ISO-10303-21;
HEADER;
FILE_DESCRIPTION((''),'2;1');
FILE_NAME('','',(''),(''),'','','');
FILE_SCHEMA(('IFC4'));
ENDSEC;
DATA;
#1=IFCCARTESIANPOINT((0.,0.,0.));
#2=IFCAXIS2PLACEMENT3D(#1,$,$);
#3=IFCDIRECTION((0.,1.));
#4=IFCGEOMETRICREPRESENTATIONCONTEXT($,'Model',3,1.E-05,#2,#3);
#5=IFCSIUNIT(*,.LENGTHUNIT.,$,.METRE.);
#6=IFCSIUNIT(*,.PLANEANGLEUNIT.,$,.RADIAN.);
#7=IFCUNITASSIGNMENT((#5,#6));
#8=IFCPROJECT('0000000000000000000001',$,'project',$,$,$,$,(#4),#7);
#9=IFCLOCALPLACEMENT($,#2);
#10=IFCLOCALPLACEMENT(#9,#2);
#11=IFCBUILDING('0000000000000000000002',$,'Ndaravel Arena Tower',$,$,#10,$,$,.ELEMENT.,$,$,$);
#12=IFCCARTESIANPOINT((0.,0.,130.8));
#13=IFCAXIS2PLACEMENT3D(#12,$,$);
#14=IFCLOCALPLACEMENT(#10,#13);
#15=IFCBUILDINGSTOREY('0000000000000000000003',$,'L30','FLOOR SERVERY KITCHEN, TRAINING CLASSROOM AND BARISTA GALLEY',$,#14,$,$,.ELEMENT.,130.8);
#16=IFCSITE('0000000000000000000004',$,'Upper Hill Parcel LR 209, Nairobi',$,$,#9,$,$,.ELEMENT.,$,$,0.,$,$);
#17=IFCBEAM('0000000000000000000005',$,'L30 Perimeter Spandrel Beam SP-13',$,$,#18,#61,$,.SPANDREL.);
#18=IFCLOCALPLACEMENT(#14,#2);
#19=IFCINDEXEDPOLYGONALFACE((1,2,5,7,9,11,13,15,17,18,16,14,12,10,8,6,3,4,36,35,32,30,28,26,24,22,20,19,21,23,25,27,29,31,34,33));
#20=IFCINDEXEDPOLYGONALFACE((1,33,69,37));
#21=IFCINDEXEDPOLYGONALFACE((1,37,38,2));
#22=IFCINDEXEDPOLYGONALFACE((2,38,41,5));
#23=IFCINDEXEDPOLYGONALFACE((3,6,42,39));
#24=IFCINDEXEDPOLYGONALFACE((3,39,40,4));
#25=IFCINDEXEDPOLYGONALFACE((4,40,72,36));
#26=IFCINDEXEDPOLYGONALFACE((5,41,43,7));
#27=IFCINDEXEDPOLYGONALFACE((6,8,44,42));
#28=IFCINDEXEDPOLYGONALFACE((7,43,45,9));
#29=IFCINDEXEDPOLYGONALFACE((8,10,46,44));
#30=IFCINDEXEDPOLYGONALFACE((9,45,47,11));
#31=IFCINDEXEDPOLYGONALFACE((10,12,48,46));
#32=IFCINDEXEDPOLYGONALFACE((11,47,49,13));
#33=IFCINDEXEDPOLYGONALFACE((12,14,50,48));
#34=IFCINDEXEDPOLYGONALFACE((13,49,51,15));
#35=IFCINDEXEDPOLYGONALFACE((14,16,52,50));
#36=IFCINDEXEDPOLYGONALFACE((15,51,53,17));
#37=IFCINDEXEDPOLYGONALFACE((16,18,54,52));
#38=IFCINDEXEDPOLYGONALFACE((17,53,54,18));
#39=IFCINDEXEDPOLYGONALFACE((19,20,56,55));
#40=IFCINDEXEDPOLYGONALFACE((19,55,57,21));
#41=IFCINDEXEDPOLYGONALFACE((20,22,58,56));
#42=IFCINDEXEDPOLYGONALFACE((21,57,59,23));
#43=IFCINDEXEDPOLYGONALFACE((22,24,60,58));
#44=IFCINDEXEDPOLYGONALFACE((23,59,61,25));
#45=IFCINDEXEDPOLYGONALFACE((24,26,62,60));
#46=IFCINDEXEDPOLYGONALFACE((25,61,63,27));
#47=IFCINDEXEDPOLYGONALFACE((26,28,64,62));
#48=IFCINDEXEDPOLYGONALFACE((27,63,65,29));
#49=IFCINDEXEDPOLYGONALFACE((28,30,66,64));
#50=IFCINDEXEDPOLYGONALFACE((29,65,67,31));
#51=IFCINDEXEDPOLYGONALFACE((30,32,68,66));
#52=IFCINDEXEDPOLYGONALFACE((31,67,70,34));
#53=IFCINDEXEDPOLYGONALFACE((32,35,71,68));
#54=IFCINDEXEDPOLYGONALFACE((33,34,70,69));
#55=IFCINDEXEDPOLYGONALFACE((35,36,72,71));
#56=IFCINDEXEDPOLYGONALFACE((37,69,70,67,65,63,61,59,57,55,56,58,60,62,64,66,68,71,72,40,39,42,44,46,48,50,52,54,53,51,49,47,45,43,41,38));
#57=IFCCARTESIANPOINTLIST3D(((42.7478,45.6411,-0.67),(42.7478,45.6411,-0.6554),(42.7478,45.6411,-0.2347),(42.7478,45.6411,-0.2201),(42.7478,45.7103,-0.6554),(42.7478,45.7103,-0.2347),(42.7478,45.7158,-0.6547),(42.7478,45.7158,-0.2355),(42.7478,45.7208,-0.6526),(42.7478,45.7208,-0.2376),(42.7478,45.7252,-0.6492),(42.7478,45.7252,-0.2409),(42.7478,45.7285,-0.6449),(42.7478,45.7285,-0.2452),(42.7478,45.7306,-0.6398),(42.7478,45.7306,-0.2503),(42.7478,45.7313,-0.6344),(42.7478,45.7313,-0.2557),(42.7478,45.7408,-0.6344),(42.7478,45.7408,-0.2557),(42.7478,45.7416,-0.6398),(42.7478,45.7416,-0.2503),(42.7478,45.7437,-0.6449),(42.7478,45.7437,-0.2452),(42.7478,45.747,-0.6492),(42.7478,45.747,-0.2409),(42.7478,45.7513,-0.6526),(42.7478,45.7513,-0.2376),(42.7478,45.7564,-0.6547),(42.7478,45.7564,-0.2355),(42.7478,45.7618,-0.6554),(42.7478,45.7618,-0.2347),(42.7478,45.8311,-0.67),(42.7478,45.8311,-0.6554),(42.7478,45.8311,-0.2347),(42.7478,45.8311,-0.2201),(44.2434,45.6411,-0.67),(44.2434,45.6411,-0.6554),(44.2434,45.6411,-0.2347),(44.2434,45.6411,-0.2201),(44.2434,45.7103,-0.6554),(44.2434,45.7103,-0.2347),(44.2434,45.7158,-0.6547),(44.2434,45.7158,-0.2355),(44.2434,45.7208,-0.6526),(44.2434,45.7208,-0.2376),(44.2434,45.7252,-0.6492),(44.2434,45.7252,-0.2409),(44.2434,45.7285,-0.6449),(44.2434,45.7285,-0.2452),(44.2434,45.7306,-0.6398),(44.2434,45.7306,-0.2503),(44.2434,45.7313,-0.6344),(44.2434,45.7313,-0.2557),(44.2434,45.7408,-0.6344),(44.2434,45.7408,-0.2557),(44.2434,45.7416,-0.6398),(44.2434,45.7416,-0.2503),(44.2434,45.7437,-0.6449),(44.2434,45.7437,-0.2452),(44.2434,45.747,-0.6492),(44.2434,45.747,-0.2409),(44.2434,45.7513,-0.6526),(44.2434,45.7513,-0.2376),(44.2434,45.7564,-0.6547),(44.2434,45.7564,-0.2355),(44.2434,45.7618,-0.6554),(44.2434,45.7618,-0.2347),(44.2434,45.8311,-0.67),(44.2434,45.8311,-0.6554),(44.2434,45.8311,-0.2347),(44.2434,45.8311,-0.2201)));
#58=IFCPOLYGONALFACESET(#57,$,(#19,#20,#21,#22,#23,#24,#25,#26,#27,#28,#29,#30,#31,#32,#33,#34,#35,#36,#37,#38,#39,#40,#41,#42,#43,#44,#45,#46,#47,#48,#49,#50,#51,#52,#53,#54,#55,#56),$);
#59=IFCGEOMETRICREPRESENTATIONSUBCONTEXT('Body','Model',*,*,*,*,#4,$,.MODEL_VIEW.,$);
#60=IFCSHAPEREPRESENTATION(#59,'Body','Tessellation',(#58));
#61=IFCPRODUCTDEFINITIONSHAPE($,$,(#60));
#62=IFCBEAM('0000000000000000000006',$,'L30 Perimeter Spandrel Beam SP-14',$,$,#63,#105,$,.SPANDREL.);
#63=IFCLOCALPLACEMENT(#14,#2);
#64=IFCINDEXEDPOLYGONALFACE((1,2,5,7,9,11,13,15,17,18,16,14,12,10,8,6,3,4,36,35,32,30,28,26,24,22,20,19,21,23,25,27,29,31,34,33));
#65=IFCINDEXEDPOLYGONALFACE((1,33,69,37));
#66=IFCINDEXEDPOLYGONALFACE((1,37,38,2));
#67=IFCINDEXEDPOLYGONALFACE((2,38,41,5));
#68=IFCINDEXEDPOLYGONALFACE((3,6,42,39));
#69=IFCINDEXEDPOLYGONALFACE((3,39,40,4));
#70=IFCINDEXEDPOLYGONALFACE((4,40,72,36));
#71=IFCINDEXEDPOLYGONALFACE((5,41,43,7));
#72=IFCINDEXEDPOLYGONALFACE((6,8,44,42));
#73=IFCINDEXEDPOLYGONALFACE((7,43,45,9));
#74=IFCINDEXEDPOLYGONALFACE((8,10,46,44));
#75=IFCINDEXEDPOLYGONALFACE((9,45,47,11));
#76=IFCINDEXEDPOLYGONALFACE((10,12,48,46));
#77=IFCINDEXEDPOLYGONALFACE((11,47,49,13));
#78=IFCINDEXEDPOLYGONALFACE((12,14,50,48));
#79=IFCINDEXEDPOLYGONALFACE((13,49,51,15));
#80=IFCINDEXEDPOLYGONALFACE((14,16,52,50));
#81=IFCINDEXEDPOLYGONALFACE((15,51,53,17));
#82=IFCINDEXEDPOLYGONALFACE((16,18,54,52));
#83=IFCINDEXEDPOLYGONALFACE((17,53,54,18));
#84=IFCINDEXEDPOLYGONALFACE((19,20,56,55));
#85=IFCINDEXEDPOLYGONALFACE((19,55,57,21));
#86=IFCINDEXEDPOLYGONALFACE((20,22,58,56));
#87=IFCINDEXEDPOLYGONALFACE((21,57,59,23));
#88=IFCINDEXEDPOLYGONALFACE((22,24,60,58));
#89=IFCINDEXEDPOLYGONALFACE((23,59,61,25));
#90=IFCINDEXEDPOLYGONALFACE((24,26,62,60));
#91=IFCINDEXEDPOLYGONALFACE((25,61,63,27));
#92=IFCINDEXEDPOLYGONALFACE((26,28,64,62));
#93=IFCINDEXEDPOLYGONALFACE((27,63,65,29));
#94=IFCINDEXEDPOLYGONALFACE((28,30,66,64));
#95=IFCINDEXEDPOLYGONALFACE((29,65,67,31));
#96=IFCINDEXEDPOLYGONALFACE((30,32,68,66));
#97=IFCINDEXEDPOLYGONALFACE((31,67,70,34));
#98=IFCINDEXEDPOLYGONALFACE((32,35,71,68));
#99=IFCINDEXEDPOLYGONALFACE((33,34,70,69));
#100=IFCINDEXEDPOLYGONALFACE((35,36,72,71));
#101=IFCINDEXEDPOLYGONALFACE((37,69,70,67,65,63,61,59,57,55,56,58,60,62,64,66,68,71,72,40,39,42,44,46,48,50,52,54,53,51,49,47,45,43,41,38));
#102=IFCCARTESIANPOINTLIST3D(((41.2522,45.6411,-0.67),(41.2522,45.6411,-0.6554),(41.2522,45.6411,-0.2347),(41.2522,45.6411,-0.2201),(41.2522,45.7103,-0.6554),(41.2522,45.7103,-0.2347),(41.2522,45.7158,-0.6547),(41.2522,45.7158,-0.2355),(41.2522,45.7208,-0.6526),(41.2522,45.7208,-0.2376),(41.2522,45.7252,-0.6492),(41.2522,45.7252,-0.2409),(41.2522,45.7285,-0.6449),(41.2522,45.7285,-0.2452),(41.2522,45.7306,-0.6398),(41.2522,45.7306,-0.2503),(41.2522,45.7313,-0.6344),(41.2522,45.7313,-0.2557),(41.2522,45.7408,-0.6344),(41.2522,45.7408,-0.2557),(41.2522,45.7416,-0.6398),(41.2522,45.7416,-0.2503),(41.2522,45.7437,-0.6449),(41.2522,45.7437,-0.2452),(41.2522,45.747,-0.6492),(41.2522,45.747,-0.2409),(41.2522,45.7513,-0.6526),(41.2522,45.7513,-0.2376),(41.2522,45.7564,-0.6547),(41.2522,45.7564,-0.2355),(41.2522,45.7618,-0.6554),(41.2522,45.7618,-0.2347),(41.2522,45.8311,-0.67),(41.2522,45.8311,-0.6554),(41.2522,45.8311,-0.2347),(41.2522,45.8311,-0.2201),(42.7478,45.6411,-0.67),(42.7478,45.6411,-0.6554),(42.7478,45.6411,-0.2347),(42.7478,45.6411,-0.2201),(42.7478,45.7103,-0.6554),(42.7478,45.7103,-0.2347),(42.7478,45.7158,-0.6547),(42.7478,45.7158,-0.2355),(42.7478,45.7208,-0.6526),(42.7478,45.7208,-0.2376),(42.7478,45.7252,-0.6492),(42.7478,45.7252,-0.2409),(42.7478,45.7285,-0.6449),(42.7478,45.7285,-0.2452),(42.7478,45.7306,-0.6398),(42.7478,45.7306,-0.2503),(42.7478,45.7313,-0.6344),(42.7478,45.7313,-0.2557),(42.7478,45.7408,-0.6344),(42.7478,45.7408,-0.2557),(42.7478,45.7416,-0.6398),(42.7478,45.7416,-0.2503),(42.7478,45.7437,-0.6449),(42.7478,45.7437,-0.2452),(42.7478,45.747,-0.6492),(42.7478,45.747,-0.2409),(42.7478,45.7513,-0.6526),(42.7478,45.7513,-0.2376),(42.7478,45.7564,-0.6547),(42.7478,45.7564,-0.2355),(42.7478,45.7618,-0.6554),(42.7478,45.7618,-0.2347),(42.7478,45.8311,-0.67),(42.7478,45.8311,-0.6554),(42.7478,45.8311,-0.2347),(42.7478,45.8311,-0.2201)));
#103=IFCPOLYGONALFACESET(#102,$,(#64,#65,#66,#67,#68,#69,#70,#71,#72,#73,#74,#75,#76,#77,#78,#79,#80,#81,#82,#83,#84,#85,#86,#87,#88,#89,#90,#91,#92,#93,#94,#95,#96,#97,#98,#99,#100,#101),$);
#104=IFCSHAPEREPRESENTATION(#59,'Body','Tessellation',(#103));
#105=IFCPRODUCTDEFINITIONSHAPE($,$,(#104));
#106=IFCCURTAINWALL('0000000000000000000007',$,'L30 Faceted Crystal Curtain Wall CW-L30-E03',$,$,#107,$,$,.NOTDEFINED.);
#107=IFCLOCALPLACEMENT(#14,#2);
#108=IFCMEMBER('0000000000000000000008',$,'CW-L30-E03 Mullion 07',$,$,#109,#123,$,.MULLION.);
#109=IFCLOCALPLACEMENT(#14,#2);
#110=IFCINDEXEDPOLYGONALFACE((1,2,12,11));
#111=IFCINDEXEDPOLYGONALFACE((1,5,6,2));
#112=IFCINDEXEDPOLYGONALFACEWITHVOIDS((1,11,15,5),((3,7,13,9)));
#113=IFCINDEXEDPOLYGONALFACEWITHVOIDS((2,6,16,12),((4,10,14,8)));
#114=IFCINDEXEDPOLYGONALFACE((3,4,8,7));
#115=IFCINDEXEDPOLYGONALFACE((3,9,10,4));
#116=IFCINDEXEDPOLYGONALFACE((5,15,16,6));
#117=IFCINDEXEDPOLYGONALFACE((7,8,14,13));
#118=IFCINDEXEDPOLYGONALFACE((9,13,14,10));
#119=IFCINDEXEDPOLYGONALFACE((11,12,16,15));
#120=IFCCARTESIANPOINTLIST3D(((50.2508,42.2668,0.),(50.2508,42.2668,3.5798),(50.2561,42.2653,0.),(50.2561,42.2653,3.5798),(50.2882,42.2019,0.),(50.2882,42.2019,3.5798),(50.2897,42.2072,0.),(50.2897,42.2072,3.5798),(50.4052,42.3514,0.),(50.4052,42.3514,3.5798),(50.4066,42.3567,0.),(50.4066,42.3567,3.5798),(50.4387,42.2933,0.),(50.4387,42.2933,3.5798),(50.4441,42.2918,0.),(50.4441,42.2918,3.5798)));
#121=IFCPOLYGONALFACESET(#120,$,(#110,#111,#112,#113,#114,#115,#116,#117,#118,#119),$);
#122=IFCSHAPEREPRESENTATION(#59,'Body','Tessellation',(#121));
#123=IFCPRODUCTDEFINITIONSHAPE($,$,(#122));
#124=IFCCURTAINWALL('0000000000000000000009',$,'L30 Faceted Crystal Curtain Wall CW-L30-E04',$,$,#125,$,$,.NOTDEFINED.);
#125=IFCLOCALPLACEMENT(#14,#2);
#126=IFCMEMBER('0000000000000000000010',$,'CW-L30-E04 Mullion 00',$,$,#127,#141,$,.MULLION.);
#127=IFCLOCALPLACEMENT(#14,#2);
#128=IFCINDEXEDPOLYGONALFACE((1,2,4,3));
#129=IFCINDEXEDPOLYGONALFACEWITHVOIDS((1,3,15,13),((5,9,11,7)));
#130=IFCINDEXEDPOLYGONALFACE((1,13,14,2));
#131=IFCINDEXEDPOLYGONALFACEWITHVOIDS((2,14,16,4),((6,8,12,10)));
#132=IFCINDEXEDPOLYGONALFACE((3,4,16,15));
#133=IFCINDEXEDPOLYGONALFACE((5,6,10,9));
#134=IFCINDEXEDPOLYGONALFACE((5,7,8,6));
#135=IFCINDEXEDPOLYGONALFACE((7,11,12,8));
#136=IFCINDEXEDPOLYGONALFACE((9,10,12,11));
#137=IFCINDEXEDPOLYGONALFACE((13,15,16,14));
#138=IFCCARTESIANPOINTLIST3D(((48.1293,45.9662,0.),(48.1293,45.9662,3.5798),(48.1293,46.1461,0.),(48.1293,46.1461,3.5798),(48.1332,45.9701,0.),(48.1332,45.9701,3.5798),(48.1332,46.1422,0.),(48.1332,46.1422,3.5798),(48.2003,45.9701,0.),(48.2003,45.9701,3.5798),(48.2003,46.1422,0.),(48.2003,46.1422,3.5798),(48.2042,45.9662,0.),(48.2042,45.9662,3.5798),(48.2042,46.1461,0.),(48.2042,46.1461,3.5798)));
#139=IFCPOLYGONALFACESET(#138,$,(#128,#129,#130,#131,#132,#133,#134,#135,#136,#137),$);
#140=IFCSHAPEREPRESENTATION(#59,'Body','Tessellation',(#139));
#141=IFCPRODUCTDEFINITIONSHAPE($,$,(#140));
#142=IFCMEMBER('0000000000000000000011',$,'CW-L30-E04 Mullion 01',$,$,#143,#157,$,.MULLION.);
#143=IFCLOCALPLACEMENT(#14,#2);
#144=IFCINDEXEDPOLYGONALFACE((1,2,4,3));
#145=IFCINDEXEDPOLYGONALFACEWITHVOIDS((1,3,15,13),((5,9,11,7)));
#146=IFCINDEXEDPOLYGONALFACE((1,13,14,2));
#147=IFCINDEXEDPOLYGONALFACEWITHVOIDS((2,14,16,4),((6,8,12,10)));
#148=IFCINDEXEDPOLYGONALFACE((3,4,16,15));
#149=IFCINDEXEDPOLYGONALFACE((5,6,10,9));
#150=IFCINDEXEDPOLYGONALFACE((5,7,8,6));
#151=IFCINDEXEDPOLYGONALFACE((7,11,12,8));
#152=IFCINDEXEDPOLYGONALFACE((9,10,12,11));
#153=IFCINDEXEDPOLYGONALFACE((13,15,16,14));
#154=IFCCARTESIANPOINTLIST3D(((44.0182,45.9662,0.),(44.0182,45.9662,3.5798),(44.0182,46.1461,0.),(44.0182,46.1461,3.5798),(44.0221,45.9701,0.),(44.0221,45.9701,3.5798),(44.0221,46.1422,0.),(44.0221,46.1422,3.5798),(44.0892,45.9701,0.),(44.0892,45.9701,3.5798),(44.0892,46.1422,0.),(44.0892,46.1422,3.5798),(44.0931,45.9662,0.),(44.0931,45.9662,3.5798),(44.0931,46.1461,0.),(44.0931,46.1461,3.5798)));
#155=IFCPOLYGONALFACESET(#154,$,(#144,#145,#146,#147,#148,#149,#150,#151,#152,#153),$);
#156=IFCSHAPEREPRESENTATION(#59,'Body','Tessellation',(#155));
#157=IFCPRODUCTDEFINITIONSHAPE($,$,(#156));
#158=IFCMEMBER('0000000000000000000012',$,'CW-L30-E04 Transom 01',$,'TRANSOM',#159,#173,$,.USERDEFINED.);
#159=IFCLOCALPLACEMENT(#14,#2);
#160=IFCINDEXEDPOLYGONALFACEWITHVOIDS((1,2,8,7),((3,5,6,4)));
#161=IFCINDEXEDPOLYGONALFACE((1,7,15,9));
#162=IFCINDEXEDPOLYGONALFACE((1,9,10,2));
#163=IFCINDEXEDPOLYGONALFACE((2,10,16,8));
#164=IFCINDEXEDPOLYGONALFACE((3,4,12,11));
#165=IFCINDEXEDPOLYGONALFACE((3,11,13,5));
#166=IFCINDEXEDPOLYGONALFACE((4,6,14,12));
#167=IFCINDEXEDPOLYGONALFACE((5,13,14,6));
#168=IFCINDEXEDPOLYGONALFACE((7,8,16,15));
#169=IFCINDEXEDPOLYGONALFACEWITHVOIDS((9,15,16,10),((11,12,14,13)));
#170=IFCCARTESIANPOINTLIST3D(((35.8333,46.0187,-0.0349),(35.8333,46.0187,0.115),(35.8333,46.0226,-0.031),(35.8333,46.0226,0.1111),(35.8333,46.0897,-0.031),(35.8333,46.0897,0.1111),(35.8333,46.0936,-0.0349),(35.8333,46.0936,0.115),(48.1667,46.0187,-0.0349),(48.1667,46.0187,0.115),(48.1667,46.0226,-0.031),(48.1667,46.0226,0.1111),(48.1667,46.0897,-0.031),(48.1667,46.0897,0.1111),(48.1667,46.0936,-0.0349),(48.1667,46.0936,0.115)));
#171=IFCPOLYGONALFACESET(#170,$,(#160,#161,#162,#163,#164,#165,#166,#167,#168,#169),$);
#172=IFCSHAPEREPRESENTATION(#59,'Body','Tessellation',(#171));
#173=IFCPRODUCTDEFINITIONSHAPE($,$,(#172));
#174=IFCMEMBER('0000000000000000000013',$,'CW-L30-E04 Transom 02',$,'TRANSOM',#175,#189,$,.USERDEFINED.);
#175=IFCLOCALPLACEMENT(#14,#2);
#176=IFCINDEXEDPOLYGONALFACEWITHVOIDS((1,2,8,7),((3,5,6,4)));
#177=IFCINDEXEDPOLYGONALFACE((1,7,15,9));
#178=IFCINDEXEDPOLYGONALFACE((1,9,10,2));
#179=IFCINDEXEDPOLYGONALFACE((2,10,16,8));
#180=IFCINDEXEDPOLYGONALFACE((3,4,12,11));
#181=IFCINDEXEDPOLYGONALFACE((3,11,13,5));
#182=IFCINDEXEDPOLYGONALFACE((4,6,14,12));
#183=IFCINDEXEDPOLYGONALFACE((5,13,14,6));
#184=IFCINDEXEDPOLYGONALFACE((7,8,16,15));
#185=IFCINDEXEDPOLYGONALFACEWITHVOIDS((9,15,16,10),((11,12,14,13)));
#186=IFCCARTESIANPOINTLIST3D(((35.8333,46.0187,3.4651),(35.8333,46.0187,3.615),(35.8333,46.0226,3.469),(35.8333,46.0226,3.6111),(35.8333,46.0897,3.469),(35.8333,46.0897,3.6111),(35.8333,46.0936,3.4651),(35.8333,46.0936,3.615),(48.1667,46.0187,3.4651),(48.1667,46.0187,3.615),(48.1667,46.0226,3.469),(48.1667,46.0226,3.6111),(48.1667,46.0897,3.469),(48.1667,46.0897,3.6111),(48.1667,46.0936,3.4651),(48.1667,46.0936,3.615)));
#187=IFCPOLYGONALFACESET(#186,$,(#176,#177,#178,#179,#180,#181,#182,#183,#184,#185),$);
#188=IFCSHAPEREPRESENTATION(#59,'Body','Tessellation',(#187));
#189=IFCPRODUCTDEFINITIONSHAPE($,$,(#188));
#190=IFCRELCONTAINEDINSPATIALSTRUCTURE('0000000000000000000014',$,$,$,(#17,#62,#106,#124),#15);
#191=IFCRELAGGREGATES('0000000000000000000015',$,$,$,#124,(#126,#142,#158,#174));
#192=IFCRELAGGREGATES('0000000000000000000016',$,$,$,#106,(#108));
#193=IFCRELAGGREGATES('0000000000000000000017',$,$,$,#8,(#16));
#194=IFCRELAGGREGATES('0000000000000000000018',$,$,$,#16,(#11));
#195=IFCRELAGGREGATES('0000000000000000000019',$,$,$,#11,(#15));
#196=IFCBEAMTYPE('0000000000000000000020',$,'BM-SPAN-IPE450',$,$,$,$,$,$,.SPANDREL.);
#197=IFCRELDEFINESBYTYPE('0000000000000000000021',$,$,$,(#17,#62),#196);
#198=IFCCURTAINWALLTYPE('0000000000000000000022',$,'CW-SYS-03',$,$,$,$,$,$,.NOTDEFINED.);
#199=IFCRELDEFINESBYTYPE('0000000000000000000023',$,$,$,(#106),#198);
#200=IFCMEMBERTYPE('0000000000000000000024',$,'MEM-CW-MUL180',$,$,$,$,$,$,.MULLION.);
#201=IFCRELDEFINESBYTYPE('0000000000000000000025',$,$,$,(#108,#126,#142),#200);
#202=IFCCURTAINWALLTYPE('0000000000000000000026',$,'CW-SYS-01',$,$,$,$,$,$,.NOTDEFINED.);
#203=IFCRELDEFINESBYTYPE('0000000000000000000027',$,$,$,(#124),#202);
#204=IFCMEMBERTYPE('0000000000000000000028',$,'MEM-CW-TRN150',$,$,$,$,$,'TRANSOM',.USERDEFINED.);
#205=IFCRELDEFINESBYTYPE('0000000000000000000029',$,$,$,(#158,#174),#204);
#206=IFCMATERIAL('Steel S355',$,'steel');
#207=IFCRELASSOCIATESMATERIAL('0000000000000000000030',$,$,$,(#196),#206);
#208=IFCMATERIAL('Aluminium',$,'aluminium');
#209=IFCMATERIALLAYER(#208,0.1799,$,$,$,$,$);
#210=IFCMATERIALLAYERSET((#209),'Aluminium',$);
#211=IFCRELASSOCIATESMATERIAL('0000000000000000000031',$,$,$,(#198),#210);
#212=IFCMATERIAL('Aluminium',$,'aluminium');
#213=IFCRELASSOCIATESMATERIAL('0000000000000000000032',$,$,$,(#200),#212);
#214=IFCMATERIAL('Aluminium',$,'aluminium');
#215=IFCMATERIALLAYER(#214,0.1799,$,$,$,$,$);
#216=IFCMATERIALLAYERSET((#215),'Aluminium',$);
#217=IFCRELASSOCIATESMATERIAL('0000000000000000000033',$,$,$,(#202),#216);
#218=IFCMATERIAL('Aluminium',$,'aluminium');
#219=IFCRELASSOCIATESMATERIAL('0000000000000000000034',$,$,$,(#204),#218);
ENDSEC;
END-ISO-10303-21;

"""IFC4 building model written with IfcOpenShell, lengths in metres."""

from ifc_helpers import new_model, si_unit, direction, frame, origin, origin_2d, place, context, subcontext, project, spatial, hollow_rectangle, i_section, extrude, material, layer, layer_set, material_profile, profile_set, type_object, element, aggregate, save


model = new_model("IFC4")

# Units and contexts
model_context = context("Model", 3, precision=1e-05, world=origin(), true_north=direction((0.0, 1.0)))
body_context = subcontext(model_context, "Body", "Model", "MODEL_VIEW")
ifc_project = project(units=[si_unit("LENGTHUNIT", "METRE"), si_unit("PLANEANGLEUNIT", "RADIAN")], contexts=[model_context])

# Site, building, storey
site_placement = place(None, origin())
site = spatial("IfcSite", under=ifc_project, at=site_placement, Name="Upper Hill Parcel LR 209, Nairobi", CompositionType="ELEMENT", RefElevation=0.0)
building_placement = place(site_placement, origin())
building = spatial("IfcBuilding", under=site, at=building_placement, Name="Ndaravel Arena Tower", CompositionType="ELEMENT")
storey_placement = place(building_placement, frame((0.0, 0.0, 130.8)))
storey = spatial("IfcBuildingStorey", under=building, at=storey_placement, Name="L30", Description="FLOOR SERVERY KITCHEN, TRAINING CLASSROOM AND BARISTA GALLEY", CompositionType="ELEMENT", Elevation=130.8)

# Beams
ifc_material_1 = material(Name="Steel S355", Category="steel")
ifc_material_profile_1 = material_profile(ifc_material_1, i_section(OverallWidth=0.1899, OverallDepth=0.45, WebThickness=0.0095, FlangeThickness=0.0146, FilletRadius=0.021, at=origin_2d()), Name="IPE 450")
ifc_profile_set_1 = profile_set([ifc_material_profile_1], Name="Steel S355")
beam_type_1 = type_object("IfcBeamType", Name="BM-SPAN-IPE450", PredefinedType="SPANDREL", material=ifc_profile_set_1)
for number, where, z_axis, x_axis, name in (
    (1, (44.2434, 45.7361, -0.4451), (-1.0, 0.0, 0.0), (0.0, -1.0, 0.0), "L30 Perimeter Spandrel Beam SP-13"),
    (2, (42.7478, 45.7361, -0.4451), (-1.0, 0.0, 0.0), (0.0, -1.0, 0.0), "L30 Perimeter Spandrel Beam SP-14"),
):
    element("IfcBeam", number, at=place(storey_placement, frame(where, z_axis=z_axis, x_axis=x_axis)), inside=storey, type_object=beam_type_1, Name=name, PredefinedType="SPANDREL", context=body_context, shape_type="SweptSolid", body=[
        extrude(i_section(OverallWidth=0.1899, OverallDepth=0.45, WebThickness=0.0095, FlangeThickness=0.0146, FilletRadius=0.021, at=origin_2d()), origin(), (0.0, 0.0, 1.0), 1.4956),
    ])

# Curtain wall, member
ifc_material_2 = material(Name="Aluminium", Category="aluminium")
ifc_layer_1 = layer(ifc_material_2, 0.1799)
ifc_layer_set_1 = layer_set([ifc_layer_1], Name="Aluminium")
curtain_wall_type_1 = type_object("IfcCurtainWallType", Name="CW-SYS-03", PredefinedType="NOTDEFINED", material=ifc_layer_set_1)
curtain_wall_1_placement = place(storey_placement, origin())
curtain_wall_1 = element("IfcCurtainWall", 3, at=curtain_wall_1_placement, inside=storey, type_object=curtain_wall_type_1, Name="L30 Faceted Crystal Curtain Wall CW-L30-E03", PredefinedType="NOTDEFINED")
ifc_material_3 = material(Name="Aluminium", Category="aluminium")
ifc_material_profile_2 = material_profile(ifc_material_3, hollow_rectangle(XDim=0.075, YDim=0.1799, WallThickness=0.0039, at=origin_2d()), Name="CW MULLION 75x180x4")
ifc_profile_set_2 = profile_set([ifc_material_profile_2], Name="Aluminium")
member_type_1 = type_object("IfcMemberType", Name="MEM-CW-MUL180", PredefinedType="MULLION", material=ifc_profile_set_2)
member_1_placement = place(storey_placement, frame((50.3474, 42.2793, 0.0), z_axis=(0.0, 0.0, 1.0), x_axis=(-0.5, 0.866025, 0.0)))
member_1 = element("IfcMember", 4, at=member_1_placement, type_object=member_type_1, Name="CW-L30-E03 Mullion 07", PredefinedType="MULLION", context=body_context, shape_type="SweptSolid", body=[
    extrude(hollow_rectangle(XDim=0.075, YDim=0.1799, WallThickness=0.0039, at=origin_2d()), origin(), (0.0, 0.0, 1.0), 3.5798),
])

# Curtain wall, members
ifc_material_4 = material(Name="Aluminium", Category="aluminium")
ifc_layer_2 = layer(ifc_material_4, 0.1799)
ifc_layer_set_2 = layer_set([ifc_layer_2], Name="Aluminium")
curtain_wall_type_2 = type_object("IfcCurtainWallType", Name="CW-SYS-01", PredefinedType="NOTDEFINED", material=ifc_layer_set_2)
curtain_wall_2_placement = place(storey_placement, origin())
curtain_wall_2 = element("IfcCurtainWall", 5, at=curtain_wall_2_placement, inside=storey, type_object=curtain_wall_type_2, Name="L30 Faceted Crystal Curtain Wall CW-L30-E04", PredefinedType="NOTDEFINED")
member_2_placement = place(storey_placement, frame((48.1667, 46.0562, 0.0), z_axis=(0.0, 0.0, 1.0), x_axis=(-1.0, 0.0, 0.0)))
member_2 = element("IfcMember", 6, at=member_2_placement, type_object=member_type_1, Name="CW-L30-E04 Mullion 00", PredefinedType="MULLION", context=body_context, shape_type="SweptSolid", body=[
    extrude(hollow_rectangle(XDim=0.075, YDim=0.1799, WallThickness=0.0039, at=origin_2d()), origin(), (0.0, 0.0, 1.0), 3.5798),
])
member_3_placement = place(storey_placement, frame((44.0557, 46.0562, 0.0), z_axis=(0.0, 0.0, 1.0), x_axis=(-1.0, 0.0, 0.0)))
member_3 = element("IfcMember", 7, at=member_3_placement, type_object=member_type_1, Name="CW-L30-E04 Mullion 01", PredefinedType="MULLION", context=body_context, shape_type="SweptSolid", body=[
    extrude(hollow_rectangle(XDim=0.075, YDim=0.1799, WallThickness=0.0039, at=origin_2d()), origin(), (0.0, 0.0, 1.0), 3.5798),
])
ifc_material_5 = material(Name="Aluminium", Category="aluminium")
ifc_material_profile_3 = material_profile(ifc_material_5, hollow_rectangle(XDim=0.075, YDim=0.1499, WallThickness=0.0039, at=origin_2d()), Name="CW TRANSOM 75x150x4")
ifc_profile_set_3 = profile_set([ifc_material_profile_3], Name="Aluminium")
member_type_2 = type_object("IfcMemberType", Name="MEM-CW-TRN150", ElementType="TRANSOM", PredefinedType="USERDEFINED", material=ifc_profile_set_3)
member_4_placement = place(storey_placement, frame((48.1667, 46.0562, 0.04), z_axis=(-1.0, 0.0, 0.0), x_axis=(0.0, -1.0, 0.0)))
member_4 = element("IfcMember", 8, at=member_4_placement, type_object=member_type_2, Name="CW-L30-E04 Transom 01", ObjectType="TRANSOM", PredefinedType="USERDEFINED", context=body_context, shape_type="SweptSolid", body=[
    extrude(hollow_rectangle(XDim=0.075, YDim=0.1499, WallThickness=0.0039, at=origin_2d()), origin(), (0.0, 0.0, 1.0), 12.3335),
])
member_5_placement = place(storey_placement, frame((48.1667, 46.0562, 3.54), z_axis=(-1.0, 0.0, 0.0), x_axis=(0.0, -1.0, 0.0)))
member_5 = element("IfcMember", 9, at=member_5_placement, type_object=member_type_2, Name="CW-L30-E04 Transom 02", ObjectType="TRANSOM", PredefinedType="USERDEFINED", context=body_context, shape_type="SweptSolid", body=[
    extrude(hollow_rectangle(XDim=0.075, YDim=0.1499, WallThickness=0.0039, at=origin_2d()), origin(), (0.0, 0.0, 1.0), 12.3335),
])
aggregate(curtain_wall_2, [member_2, member_3, member_4, member_5])

aggregate(curtain_wall_1, [member_1])

save(model, "model.ifc")
